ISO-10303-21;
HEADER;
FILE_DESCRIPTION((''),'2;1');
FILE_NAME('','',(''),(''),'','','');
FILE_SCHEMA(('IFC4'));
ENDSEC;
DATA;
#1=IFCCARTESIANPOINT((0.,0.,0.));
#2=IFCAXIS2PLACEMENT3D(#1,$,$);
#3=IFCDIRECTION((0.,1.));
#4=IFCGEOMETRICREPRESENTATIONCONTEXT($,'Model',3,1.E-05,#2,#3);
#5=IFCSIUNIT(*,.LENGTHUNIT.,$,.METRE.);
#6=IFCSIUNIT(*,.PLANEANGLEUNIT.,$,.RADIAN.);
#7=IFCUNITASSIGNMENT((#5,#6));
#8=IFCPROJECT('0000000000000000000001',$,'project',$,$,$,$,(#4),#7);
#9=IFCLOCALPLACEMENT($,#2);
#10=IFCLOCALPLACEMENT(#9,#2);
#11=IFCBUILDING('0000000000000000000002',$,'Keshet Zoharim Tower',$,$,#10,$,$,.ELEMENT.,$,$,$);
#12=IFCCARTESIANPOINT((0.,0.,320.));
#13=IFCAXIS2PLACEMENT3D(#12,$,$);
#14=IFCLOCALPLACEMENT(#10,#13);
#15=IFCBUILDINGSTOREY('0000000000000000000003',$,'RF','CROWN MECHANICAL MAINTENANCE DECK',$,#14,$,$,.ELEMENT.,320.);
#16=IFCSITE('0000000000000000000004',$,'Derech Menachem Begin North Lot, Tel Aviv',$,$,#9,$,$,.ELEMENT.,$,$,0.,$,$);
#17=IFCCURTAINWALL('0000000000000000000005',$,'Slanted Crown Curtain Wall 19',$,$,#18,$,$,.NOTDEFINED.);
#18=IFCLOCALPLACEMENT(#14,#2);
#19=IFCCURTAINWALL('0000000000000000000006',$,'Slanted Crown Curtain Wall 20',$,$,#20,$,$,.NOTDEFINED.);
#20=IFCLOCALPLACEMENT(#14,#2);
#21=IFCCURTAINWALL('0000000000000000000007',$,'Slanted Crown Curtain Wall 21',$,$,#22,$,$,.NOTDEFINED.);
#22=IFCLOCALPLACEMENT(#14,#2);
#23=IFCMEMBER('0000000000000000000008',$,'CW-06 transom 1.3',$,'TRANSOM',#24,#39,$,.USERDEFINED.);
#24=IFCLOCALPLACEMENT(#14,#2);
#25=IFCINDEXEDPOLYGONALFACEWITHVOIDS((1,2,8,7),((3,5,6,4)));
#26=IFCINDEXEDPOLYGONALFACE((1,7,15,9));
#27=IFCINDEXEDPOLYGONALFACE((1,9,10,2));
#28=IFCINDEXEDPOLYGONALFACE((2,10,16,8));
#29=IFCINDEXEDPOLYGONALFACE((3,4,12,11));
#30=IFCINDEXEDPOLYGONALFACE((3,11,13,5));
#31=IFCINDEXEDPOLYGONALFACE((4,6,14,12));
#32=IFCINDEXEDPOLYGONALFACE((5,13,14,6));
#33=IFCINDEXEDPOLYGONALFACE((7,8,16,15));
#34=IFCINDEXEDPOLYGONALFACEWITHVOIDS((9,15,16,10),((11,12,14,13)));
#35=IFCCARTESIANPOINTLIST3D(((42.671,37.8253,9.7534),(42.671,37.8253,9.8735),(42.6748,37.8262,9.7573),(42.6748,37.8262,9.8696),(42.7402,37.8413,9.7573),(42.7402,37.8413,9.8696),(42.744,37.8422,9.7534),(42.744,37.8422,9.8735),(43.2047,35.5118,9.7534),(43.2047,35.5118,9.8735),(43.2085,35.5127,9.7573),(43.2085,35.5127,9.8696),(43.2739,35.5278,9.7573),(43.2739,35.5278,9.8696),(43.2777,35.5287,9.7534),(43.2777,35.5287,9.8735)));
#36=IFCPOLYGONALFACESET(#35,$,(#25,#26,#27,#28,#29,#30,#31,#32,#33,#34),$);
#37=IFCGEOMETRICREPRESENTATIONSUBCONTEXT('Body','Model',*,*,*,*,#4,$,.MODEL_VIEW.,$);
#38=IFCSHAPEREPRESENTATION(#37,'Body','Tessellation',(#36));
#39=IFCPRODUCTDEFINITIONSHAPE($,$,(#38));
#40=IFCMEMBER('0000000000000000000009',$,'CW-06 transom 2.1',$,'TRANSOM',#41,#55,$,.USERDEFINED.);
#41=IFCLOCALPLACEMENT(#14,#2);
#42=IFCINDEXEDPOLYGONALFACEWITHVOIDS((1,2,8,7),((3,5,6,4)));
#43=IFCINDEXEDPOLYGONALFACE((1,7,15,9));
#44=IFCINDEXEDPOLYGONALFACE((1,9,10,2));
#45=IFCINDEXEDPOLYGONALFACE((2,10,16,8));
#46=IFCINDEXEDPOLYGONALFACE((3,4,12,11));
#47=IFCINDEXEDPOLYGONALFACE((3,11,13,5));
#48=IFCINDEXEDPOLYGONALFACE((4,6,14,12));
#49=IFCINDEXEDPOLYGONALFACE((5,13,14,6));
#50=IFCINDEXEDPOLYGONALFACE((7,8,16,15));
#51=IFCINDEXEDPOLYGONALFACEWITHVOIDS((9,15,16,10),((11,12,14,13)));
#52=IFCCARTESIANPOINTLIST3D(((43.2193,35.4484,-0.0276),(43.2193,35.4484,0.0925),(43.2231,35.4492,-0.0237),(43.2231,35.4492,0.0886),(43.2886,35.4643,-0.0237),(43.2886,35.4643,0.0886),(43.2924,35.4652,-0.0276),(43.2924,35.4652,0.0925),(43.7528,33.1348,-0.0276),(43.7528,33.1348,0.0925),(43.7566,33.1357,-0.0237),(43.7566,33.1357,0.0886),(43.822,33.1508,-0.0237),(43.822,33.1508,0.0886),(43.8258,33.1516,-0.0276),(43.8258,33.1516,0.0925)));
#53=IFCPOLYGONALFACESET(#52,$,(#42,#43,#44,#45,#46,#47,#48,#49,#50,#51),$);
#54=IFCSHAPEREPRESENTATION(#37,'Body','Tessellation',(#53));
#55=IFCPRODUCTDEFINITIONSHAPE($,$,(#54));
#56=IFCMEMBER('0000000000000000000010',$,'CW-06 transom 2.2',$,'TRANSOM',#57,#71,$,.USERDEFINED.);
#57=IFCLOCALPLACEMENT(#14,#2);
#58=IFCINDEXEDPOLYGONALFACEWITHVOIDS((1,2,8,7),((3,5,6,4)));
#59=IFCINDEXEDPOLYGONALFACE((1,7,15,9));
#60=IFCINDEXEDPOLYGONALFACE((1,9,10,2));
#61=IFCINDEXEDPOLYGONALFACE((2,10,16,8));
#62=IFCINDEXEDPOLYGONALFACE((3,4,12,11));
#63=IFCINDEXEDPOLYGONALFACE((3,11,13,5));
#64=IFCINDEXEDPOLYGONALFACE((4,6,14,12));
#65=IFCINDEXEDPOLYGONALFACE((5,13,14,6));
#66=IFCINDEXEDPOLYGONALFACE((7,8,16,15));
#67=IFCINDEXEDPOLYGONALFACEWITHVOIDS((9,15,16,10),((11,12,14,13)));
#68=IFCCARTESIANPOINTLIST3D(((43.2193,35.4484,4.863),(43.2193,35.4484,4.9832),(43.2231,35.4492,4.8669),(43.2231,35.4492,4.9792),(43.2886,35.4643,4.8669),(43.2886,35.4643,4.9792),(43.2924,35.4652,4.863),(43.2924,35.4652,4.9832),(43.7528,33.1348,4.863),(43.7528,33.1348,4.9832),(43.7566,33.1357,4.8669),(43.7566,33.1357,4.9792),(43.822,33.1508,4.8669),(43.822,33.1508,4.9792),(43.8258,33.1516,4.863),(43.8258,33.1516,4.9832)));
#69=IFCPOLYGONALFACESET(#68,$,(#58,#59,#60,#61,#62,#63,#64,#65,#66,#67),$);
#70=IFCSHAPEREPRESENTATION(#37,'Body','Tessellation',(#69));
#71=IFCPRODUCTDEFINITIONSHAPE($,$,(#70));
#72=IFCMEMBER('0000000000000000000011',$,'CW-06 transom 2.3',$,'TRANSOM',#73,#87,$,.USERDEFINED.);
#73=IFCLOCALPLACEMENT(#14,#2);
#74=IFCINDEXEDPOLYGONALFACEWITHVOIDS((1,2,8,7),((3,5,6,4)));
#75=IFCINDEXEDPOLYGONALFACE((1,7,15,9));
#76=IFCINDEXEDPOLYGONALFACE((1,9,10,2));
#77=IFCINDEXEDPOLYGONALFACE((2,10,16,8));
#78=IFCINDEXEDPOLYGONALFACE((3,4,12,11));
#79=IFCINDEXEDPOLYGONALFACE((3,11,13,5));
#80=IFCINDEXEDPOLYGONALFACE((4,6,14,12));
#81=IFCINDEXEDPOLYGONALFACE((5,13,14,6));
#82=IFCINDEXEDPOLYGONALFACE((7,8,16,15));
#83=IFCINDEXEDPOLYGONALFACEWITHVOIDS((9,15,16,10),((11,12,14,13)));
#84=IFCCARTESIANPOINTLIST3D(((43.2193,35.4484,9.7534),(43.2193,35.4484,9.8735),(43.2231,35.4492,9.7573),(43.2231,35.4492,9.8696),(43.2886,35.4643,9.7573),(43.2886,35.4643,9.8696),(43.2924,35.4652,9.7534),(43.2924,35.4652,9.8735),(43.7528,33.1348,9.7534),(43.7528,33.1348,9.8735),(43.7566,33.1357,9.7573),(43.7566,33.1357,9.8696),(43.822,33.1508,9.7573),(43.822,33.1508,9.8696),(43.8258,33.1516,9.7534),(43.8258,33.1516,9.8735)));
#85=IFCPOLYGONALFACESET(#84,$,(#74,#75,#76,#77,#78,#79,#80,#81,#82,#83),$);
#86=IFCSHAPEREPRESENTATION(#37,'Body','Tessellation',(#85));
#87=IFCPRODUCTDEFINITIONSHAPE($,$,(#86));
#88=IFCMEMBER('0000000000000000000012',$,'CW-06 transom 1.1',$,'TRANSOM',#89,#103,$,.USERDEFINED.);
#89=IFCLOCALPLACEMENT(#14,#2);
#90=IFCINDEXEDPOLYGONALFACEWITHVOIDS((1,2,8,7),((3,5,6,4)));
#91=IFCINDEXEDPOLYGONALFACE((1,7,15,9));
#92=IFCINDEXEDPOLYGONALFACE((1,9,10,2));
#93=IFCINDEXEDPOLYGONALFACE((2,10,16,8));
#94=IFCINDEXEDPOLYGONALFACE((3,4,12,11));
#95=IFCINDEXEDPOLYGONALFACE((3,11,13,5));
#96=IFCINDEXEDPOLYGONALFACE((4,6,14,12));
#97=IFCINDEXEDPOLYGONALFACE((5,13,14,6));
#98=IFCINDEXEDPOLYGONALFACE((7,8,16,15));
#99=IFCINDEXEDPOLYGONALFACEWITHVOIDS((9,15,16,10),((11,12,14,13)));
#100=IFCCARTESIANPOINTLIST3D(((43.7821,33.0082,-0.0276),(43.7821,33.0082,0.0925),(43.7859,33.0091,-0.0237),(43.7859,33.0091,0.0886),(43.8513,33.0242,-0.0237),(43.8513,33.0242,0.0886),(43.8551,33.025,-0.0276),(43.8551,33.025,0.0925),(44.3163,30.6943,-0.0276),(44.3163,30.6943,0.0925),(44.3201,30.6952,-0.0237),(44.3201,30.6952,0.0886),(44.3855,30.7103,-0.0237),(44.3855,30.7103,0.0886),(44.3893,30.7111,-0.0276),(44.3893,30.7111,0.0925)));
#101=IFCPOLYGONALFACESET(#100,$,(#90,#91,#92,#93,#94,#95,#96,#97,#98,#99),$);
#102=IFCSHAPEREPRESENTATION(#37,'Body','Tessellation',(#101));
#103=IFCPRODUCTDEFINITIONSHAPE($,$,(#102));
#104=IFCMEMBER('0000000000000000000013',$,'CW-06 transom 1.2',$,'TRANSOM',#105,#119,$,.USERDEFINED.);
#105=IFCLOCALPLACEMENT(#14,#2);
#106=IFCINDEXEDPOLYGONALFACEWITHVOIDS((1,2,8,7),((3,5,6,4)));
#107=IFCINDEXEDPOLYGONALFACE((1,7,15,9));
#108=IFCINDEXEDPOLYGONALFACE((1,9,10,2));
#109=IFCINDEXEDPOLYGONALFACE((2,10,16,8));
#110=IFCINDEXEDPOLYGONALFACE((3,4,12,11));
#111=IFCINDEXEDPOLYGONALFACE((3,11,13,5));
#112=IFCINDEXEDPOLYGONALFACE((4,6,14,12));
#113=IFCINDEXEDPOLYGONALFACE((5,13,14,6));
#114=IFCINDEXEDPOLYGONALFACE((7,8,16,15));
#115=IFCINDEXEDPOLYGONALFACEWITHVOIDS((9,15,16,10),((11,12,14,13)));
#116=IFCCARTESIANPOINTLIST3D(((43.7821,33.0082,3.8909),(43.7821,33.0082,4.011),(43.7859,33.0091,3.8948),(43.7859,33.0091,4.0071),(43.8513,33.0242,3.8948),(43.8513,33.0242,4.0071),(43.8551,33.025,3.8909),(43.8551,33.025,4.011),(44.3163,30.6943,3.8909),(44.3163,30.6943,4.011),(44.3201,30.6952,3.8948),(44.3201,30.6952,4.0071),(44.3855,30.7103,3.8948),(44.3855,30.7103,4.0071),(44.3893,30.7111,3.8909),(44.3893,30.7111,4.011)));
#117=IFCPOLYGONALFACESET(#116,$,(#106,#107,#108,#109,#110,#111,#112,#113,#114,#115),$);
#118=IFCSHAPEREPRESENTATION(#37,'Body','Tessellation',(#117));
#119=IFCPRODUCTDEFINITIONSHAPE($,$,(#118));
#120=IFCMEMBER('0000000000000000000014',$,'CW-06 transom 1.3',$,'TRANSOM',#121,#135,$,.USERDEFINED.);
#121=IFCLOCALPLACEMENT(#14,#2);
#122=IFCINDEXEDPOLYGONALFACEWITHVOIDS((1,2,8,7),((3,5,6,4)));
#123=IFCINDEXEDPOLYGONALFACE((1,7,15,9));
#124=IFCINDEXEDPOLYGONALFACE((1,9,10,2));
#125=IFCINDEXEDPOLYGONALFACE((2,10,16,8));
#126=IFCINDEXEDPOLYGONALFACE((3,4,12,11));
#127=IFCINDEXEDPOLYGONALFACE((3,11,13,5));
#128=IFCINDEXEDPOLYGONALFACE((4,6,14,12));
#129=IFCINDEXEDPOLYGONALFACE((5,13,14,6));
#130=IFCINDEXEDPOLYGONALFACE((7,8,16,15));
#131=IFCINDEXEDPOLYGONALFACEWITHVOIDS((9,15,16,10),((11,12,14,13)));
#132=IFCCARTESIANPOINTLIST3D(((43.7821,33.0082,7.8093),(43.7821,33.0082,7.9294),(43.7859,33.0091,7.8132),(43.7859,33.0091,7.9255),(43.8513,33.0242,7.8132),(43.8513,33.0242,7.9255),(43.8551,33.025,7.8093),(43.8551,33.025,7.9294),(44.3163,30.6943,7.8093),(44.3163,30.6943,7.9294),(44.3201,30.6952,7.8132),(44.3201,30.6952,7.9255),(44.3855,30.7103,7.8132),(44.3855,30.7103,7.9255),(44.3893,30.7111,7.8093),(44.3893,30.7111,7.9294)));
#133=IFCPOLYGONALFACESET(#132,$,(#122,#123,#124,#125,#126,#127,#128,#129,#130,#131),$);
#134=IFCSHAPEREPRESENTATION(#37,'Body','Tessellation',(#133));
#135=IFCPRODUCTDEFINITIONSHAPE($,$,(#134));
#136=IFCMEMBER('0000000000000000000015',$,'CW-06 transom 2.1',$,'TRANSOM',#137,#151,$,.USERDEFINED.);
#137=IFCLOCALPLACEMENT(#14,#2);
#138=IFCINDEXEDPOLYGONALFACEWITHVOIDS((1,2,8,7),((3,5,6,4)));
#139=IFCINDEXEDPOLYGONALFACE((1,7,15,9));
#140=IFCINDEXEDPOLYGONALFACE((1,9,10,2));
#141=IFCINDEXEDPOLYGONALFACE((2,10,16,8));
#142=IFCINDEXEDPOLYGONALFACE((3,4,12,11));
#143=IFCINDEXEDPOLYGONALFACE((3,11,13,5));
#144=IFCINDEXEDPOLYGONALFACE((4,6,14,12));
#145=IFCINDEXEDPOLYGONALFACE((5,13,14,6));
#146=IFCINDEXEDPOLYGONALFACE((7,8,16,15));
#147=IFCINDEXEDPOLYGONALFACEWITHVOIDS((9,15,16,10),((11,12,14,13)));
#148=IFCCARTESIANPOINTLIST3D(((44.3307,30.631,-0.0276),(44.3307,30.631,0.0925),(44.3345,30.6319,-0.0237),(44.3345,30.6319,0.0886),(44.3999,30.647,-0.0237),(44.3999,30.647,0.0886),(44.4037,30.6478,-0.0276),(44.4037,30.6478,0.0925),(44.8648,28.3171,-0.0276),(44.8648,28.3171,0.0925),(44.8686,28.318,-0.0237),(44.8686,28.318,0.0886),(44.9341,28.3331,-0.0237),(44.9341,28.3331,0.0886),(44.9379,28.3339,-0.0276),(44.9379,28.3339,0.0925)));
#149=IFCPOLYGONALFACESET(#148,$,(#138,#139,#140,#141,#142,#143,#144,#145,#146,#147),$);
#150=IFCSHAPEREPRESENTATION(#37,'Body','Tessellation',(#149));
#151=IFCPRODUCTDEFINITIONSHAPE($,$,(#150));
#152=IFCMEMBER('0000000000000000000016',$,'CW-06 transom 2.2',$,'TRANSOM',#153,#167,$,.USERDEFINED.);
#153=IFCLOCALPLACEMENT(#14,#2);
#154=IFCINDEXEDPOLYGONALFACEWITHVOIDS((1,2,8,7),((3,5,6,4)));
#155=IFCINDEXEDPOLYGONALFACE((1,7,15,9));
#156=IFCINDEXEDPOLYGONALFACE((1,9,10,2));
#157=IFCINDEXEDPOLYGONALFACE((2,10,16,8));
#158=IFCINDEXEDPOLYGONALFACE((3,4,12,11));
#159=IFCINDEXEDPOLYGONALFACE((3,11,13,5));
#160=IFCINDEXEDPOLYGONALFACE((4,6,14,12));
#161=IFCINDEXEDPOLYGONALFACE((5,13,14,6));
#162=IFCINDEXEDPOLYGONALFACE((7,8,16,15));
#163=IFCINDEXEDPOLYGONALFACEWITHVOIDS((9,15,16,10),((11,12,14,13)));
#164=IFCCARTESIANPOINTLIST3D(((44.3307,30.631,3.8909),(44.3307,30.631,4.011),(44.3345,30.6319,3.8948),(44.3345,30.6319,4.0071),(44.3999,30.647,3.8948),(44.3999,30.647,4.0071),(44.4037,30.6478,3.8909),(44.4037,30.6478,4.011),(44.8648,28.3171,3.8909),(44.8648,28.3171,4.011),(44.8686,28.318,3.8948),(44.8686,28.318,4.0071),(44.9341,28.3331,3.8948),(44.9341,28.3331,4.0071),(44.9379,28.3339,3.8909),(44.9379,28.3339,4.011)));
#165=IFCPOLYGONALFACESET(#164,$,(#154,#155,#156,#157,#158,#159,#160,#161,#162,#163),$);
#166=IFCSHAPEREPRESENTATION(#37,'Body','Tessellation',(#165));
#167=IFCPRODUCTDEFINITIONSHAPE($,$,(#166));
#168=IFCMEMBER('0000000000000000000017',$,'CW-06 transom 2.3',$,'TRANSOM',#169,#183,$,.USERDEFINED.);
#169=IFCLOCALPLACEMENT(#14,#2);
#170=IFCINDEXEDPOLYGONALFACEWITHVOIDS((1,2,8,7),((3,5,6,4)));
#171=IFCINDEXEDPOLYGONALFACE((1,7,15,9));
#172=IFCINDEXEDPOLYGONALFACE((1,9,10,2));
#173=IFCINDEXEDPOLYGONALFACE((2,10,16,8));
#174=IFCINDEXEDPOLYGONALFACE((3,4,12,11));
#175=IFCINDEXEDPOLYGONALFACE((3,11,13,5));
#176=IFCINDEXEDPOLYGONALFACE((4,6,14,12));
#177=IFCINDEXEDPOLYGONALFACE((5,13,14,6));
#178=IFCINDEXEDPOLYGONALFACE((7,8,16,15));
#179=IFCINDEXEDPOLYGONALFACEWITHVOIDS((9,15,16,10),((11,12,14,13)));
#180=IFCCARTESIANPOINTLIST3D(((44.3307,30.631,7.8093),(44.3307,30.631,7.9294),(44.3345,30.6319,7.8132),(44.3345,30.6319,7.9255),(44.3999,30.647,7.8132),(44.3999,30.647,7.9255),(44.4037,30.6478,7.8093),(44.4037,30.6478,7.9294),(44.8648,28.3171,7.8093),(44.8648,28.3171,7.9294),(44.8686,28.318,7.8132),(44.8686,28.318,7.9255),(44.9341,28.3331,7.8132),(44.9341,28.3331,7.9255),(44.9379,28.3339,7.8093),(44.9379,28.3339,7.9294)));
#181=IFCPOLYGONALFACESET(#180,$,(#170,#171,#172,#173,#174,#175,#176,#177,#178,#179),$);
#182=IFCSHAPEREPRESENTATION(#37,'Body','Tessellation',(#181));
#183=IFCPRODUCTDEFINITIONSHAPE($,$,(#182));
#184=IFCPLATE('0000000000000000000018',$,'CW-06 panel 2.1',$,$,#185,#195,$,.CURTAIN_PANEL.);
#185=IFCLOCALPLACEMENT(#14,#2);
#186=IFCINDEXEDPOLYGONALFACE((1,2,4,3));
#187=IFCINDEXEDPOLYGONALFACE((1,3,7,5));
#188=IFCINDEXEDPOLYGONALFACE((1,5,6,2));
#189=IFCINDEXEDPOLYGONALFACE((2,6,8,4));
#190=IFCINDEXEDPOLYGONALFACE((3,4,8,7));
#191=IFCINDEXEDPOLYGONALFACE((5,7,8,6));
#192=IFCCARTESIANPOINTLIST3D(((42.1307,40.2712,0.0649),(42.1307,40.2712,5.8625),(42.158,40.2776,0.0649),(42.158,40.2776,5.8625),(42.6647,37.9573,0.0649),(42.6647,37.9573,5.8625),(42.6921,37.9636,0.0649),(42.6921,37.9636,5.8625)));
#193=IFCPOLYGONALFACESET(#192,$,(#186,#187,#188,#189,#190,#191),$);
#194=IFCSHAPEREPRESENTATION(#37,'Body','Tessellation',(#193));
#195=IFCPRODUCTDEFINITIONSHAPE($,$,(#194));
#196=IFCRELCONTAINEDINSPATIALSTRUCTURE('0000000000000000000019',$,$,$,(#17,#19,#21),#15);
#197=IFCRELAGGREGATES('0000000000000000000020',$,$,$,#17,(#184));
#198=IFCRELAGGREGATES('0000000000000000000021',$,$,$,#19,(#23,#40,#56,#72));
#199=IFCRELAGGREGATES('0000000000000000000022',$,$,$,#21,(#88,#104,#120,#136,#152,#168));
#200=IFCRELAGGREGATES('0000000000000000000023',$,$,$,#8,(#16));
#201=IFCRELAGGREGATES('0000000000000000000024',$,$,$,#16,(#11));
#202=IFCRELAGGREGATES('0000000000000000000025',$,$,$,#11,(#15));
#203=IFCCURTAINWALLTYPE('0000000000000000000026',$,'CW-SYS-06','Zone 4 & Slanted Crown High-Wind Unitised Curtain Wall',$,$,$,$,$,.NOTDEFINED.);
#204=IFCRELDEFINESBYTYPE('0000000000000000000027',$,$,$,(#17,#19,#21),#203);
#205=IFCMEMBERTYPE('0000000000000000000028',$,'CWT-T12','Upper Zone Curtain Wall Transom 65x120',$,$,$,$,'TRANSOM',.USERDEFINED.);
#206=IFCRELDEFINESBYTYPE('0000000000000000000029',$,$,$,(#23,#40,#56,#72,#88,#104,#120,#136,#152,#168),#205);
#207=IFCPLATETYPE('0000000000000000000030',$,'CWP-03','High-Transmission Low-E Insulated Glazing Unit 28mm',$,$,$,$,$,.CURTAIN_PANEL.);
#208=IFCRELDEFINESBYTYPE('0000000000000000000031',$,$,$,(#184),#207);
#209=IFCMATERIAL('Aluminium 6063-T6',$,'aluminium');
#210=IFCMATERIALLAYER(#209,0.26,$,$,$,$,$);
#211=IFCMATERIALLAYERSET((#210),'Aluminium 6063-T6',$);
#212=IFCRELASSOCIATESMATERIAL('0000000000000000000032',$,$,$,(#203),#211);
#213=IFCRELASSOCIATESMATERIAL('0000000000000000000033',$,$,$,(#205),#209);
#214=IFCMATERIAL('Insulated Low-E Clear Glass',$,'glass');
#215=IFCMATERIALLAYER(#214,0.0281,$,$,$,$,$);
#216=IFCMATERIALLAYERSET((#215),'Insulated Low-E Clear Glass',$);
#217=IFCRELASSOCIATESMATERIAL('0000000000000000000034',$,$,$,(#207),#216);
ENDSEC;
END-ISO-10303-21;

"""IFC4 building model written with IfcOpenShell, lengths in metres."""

from ifc_helpers import new_model, si_unit, direction, frame, origin, origin_2d, place, context, subcontext, project, spatial, rectangle, hollow_rectangle, extrude, material, layer, layer_set, material_profile, profile_set, type_object, element, aggregate, save


model = new_model("IFC4")

# Units and contexts
model_context = context("Model", 3, precision=1e-05, world=origin(), true_north=direction((0.0, 1.0)))
body_context = subcontext(model_context, "Body", "Model", "MODEL_VIEW")
ifc_project = project(units=[si_unit("LENGTHUNIT", "METRE"), si_unit("PLANEANGLEUNIT", "RADIAN")], contexts=[model_context])

# Site, building, storey
site_placement = place(None, origin())
site = spatial("IfcSite", under=ifc_project, at=site_placement, Name="Derech Menachem Begin North Lot, Tel Aviv", CompositionType="ELEMENT", RefElevation=0.0)
building_placement = place(site_placement, origin())
building = spatial("IfcBuilding", under=site, at=building_placement, Name="Keshet Zoharim Tower", CompositionType="ELEMENT")
storey_placement = place(building_placement, frame((0.0, 0.0, 320.0)))
storey = spatial("IfcBuildingStorey", under=building, at=storey_placement, Name="RF", Description="CROWN MECHANICAL MAINTENANCE DECK", CompositionType="ELEMENT", Elevation=320.0)

# Curtain wall
ifc_material_1 = material(Name="Aluminium 6063-T6", Category="aluminium")
ifc_layer_1 = layer(ifc_material_1, 0.26)
ifc_layer_set_1 = layer_set([ifc_layer_1], Name="Aluminium 6063-T6")
curtain_wall_type = type_object("IfcCurtainWallType", Name="CW-SYS-06", Description="Zone 4 & Slanted Crown High-Wind Unitised Curtain Wall", PredefinedType="NOTDEFINED", material=ifc_layer_set_1)
curtain_wall_1_placement = place(storey_placement, origin())
curtain_wall_1 = element("IfcCurtainWall", 1, at=curtain_wall_1_placement, inside=storey, type_object=curtain_wall_type, Name="Slanted Crown Curtain Wall 19", PredefinedType="NOTDEFINED")

# Curtain walls
curtain_wall_2_placement = place(storey_placement, origin())
curtain_wall_2 = element("IfcCurtainWall", 2, at=curtain_wall_2_placement, inside=storey, type_object=curtain_wall_type, Name="Slanted Crown Curtain Wall 20", PredefinedType="NOTDEFINED")
curtain_wall_3_placement = place(storey_placement, origin())
curtain_wall_3 = element("IfcCurtainWall", 3, at=curtain_wall_3_placement, inside=storey, type_object=curtain_wall_type, Name="Slanted Crown Curtain Wall 21", PredefinedType="NOTDEFINED")

# Members
ifc_material_profile_1 = material_profile(ifc_material_1, hollow_rectangle(XDim=0.075, YDim=0.1201, WallThickness=0.0039, at=origin_2d()), Name="TRN-75x120")
ifc_profile_set_1 = profile_set([ifc_material_profile_1], Name="Aluminium 6063-T6")
member_type_1 = type_object("IfcMemberType", Name="CWT-T12", Description="Upper Zone Curtain Wall Transom 65x120", ElementType="TRANSOM", PredefinedType="USERDEFINED", material=ifc_profile_set_1)
member_1_placement = place(storey_placement, frame((42.7075, 37.8337, 9.8135), z_axis=(0.224784, -0.974409, 0.0), x_axis=(0.974409, 0.224784, 0.0)))
member_1 = element("IfcMember", 4, at=member_1_placement, type_object=member_type_1, Name="CW-06 transom 1.3", ObjectType="TRANSOM", PredefinedType="USERDEFINED", context=body_context, shape_type="SweptSolid", body=[
    extrude(hollow_rectangle(XDim=0.075, YDim=0.1201, WallThickness=0.0039, at=origin_2d()), origin(), (0.0, 0.0, 1.0), 2.3743),
])
member_2_placement = place(storey_placement, frame((43.2559, 35.4568, 0.0325), z_axis=(0.224687, -0.974431, 0.0), x_axis=(0.974431, 0.224687, 0.0)))
member_2 = element("IfcMember", 5, at=member_2_placement, type_object=member_type_1, Name="CW-06 transom 2.1", ObjectType="TRANSOM", PredefinedType="USERDEFINED", context=body_context, shape_type="SweptSolid", body=[
    extrude(hollow_rectangle(XDim=0.075, YDim=0.1201, WallThickness=0.0039, at=origin_2d()), origin(), (0.0, 0.0, 1.0), 2.3743),
])
member_3_placement = place(storey_placement, frame((43.2559, 35.4568, 4.9231), z_axis=(0.224687, -0.974431, 0.0), x_axis=(0.974431, 0.224687, 0.0)))
member_3 = element("IfcMember", 6, at=member_3_placement, type_object=member_type_1, Name="CW-06 transom 2.2", ObjectType="TRANSOM", PredefinedType="USERDEFINED", context=body_context, shape_type="SweptSolid", body=[
    extrude(hollow_rectangle(XDim=0.075, YDim=0.1201, WallThickness=0.0039, at=origin_2d()), origin(), (0.0, 0.0, 1.0), 2.3743),
])
member_4_placement = place(storey_placement, frame((43.2559, 35.4568, 9.8135), z_axis=(0.224687, -0.974431, 0.0), x_axis=(0.974431, 0.224687, 0.0)))
member_4 = element("IfcMember", 7, at=member_4_placement, type_object=member_type_1, Name="CW-06 transom 2.3", ObjectType="TRANSOM", PredefinedType="USERDEFINED", context=body_context, shape_type="SweptSolid", body=[
    extrude(hollow_rectangle(XDim=0.075, YDim=0.1201, WallThickness=0.0039, at=origin_2d()), origin(), (0.0, 0.0, 1.0), 2.3743),
])
member_5_placement = place(storey_placement, frame((43.8186, 33.0166, 0.0325), z_axis=(0.224935, -0.974374, 0.0), x_axis=(0.974374, 0.224935, 0.0)))
member_5 = element("IfcMember", 8, at=member_5_placement, type_object=member_type_1, Name="CW-06 transom 1.1", ObjectType="TRANSOM", PredefinedType="USERDEFINED", context=body_context, shape_type="SweptSolid", body=[
    extrude(hollow_rectangle(XDim=0.075, YDim=0.1201, WallThickness=0.0039, at=origin_2d()), origin(), (0.0, 0.0, 1.0), 2.3748),
])
member_6_placement = place(storey_placement, frame((43.8186, 33.0166, 3.9509), z_axis=(0.224935, -0.974374, 0.0), x_axis=(0.974374, 0.224935, 0.0)))
member_6 = element("IfcMember", 9, at=member_6_placement, type_object=member_type_1, Name="CW-06 transom 1.2", ObjectType="TRANSOM", PredefinedType="USERDEFINED", context=body_context, shape_type="SweptSolid", body=[
    extrude(hollow_rectangle(XDim=0.075, YDim=0.1201, WallThickness=0.0039, at=origin_2d()), origin(), (0.0, 0.0, 1.0), 2.3748),
])
member_7_placement = place(storey_placement, frame((43.8186, 33.0166, 7.8694), z_axis=(0.224935, -0.974374, 0.0), x_axis=(0.974374, 0.224935, 0.0)))
member_7 = element("IfcMember", 10, at=member_7_placement, type_object=member_type_1, Name="CW-06 transom 1.3", ObjectType="TRANSOM", PredefinedType="USERDEFINED", context=body_context, shape_type="SweptSolid", body=[
    extrude(hollow_rectangle(XDim=0.075, YDim=0.1201, WallThickness=0.0039, at=origin_2d()), origin(), (0.0, 0.0, 1.0), 2.3748),
])
member_8_placement = place(storey_placement, frame((44.3672, 30.6394, 0.0325), z_axis=(0.224935, -0.974374, 0.0), x_axis=(0.974374, 0.224935, 0.0)))
member_8 = element("IfcMember", 11, at=member_8_placement, type_object=member_type_1, Name="CW-06 transom 2.1", ObjectType="TRANSOM", PredefinedType="USERDEFINED", context=body_context, shape_type="SweptSolid", body=[
    extrude(hollow_rectangle(XDim=0.075, YDim=0.1201, WallThickness=0.0039, at=origin_2d()), origin(), (0.0, 0.0, 1.0), 2.3748),
])
member_9_placement = place(storey_placement, frame((44.3672, 30.6394, 3.9509), z_axis=(0.224935, -0.974374, 0.0), x_axis=(0.974374, 0.224935, 0.0)))
member_9 = element("IfcMember", 12, at=member_9_placement, type_object=member_type_1, Name="CW-06 transom 2.2", ObjectType="TRANSOM", PredefinedType="USERDEFINED", context=body_context, shape_type="SweptSolid", body=[
    extrude(hollow_rectangle(XDim=0.075, YDim=0.1201, WallThickness=0.0039, at=origin_2d()), origin(), (0.0, 0.0, 1.0), 2.3748),
])
member_10_placement = place(storey_placement, frame((44.3672, 30.6394, 7.8694), z_axis=(0.224935, -0.974374, 0.0), x_axis=(0.974374, 0.224935, 0.0)))
member_10 = element("IfcMember", 13, at=member_10_placement, type_object=member_type_1, Name="CW-06 transom 2.3", ObjectType="TRANSOM", PredefinedType="USERDEFINED", context=body_context, shape_type="SweptSolid", body=[
    extrude(hollow_rectangle(XDim=0.075, YDim=0.1201, WallThickness=0.0039, at=origin_2d()), origin(), (0.0, 0.0, 1.0), 2.3748),
])

# Plate
ifc_material_2 = material(Name="Insulated Low-E Clear Glass", Category="glass")
ifc_layer_2 = layer(ifc_material_2, 0.0281)
ifc_layer_set_2 = layer_set([ifc_layer_2], Name="Insulated Low-E Clear Glass")
plate_type = type_object("IfcPlateType", Name="CWP-03", Description="High-Transmission Low-E Insulated Glazing Unit 28mm", PredefinedType="CURTAIN_PANEL", material=ifc_layer_set_2)
plate_1_placement = place(storey_placement, frame((42.4114, 39.1174, 0.0649), z_axis=(0.0, 0.0, 1.0), x_axis=(0.224889, -0.974384, 0.0)))
plate_1 = element("IfcPlate", 14, at=plate_1_placement, type_object=plate_type, Name="CW-06 panel 2.1", PredefinedType="CURTAIN_PANEL", context=body_context, shape_type="SweptSolid", body=[
    extrude(rectangle(XDim=2.3748, YDim=0.0281, at=origin_2d()), origin(), (0.0, 0.0, 1.0), 5.7976),
])
aggregate(curtain_wall_1, [plate_1])
aggregate(curtain_wall_2, [member_1, member_2, member_3, member_4])
aggregate(curtain_wall_3, [member_5, member_6, member_7, member_8, member_9, member_10])

save(model, "model.ifc")
